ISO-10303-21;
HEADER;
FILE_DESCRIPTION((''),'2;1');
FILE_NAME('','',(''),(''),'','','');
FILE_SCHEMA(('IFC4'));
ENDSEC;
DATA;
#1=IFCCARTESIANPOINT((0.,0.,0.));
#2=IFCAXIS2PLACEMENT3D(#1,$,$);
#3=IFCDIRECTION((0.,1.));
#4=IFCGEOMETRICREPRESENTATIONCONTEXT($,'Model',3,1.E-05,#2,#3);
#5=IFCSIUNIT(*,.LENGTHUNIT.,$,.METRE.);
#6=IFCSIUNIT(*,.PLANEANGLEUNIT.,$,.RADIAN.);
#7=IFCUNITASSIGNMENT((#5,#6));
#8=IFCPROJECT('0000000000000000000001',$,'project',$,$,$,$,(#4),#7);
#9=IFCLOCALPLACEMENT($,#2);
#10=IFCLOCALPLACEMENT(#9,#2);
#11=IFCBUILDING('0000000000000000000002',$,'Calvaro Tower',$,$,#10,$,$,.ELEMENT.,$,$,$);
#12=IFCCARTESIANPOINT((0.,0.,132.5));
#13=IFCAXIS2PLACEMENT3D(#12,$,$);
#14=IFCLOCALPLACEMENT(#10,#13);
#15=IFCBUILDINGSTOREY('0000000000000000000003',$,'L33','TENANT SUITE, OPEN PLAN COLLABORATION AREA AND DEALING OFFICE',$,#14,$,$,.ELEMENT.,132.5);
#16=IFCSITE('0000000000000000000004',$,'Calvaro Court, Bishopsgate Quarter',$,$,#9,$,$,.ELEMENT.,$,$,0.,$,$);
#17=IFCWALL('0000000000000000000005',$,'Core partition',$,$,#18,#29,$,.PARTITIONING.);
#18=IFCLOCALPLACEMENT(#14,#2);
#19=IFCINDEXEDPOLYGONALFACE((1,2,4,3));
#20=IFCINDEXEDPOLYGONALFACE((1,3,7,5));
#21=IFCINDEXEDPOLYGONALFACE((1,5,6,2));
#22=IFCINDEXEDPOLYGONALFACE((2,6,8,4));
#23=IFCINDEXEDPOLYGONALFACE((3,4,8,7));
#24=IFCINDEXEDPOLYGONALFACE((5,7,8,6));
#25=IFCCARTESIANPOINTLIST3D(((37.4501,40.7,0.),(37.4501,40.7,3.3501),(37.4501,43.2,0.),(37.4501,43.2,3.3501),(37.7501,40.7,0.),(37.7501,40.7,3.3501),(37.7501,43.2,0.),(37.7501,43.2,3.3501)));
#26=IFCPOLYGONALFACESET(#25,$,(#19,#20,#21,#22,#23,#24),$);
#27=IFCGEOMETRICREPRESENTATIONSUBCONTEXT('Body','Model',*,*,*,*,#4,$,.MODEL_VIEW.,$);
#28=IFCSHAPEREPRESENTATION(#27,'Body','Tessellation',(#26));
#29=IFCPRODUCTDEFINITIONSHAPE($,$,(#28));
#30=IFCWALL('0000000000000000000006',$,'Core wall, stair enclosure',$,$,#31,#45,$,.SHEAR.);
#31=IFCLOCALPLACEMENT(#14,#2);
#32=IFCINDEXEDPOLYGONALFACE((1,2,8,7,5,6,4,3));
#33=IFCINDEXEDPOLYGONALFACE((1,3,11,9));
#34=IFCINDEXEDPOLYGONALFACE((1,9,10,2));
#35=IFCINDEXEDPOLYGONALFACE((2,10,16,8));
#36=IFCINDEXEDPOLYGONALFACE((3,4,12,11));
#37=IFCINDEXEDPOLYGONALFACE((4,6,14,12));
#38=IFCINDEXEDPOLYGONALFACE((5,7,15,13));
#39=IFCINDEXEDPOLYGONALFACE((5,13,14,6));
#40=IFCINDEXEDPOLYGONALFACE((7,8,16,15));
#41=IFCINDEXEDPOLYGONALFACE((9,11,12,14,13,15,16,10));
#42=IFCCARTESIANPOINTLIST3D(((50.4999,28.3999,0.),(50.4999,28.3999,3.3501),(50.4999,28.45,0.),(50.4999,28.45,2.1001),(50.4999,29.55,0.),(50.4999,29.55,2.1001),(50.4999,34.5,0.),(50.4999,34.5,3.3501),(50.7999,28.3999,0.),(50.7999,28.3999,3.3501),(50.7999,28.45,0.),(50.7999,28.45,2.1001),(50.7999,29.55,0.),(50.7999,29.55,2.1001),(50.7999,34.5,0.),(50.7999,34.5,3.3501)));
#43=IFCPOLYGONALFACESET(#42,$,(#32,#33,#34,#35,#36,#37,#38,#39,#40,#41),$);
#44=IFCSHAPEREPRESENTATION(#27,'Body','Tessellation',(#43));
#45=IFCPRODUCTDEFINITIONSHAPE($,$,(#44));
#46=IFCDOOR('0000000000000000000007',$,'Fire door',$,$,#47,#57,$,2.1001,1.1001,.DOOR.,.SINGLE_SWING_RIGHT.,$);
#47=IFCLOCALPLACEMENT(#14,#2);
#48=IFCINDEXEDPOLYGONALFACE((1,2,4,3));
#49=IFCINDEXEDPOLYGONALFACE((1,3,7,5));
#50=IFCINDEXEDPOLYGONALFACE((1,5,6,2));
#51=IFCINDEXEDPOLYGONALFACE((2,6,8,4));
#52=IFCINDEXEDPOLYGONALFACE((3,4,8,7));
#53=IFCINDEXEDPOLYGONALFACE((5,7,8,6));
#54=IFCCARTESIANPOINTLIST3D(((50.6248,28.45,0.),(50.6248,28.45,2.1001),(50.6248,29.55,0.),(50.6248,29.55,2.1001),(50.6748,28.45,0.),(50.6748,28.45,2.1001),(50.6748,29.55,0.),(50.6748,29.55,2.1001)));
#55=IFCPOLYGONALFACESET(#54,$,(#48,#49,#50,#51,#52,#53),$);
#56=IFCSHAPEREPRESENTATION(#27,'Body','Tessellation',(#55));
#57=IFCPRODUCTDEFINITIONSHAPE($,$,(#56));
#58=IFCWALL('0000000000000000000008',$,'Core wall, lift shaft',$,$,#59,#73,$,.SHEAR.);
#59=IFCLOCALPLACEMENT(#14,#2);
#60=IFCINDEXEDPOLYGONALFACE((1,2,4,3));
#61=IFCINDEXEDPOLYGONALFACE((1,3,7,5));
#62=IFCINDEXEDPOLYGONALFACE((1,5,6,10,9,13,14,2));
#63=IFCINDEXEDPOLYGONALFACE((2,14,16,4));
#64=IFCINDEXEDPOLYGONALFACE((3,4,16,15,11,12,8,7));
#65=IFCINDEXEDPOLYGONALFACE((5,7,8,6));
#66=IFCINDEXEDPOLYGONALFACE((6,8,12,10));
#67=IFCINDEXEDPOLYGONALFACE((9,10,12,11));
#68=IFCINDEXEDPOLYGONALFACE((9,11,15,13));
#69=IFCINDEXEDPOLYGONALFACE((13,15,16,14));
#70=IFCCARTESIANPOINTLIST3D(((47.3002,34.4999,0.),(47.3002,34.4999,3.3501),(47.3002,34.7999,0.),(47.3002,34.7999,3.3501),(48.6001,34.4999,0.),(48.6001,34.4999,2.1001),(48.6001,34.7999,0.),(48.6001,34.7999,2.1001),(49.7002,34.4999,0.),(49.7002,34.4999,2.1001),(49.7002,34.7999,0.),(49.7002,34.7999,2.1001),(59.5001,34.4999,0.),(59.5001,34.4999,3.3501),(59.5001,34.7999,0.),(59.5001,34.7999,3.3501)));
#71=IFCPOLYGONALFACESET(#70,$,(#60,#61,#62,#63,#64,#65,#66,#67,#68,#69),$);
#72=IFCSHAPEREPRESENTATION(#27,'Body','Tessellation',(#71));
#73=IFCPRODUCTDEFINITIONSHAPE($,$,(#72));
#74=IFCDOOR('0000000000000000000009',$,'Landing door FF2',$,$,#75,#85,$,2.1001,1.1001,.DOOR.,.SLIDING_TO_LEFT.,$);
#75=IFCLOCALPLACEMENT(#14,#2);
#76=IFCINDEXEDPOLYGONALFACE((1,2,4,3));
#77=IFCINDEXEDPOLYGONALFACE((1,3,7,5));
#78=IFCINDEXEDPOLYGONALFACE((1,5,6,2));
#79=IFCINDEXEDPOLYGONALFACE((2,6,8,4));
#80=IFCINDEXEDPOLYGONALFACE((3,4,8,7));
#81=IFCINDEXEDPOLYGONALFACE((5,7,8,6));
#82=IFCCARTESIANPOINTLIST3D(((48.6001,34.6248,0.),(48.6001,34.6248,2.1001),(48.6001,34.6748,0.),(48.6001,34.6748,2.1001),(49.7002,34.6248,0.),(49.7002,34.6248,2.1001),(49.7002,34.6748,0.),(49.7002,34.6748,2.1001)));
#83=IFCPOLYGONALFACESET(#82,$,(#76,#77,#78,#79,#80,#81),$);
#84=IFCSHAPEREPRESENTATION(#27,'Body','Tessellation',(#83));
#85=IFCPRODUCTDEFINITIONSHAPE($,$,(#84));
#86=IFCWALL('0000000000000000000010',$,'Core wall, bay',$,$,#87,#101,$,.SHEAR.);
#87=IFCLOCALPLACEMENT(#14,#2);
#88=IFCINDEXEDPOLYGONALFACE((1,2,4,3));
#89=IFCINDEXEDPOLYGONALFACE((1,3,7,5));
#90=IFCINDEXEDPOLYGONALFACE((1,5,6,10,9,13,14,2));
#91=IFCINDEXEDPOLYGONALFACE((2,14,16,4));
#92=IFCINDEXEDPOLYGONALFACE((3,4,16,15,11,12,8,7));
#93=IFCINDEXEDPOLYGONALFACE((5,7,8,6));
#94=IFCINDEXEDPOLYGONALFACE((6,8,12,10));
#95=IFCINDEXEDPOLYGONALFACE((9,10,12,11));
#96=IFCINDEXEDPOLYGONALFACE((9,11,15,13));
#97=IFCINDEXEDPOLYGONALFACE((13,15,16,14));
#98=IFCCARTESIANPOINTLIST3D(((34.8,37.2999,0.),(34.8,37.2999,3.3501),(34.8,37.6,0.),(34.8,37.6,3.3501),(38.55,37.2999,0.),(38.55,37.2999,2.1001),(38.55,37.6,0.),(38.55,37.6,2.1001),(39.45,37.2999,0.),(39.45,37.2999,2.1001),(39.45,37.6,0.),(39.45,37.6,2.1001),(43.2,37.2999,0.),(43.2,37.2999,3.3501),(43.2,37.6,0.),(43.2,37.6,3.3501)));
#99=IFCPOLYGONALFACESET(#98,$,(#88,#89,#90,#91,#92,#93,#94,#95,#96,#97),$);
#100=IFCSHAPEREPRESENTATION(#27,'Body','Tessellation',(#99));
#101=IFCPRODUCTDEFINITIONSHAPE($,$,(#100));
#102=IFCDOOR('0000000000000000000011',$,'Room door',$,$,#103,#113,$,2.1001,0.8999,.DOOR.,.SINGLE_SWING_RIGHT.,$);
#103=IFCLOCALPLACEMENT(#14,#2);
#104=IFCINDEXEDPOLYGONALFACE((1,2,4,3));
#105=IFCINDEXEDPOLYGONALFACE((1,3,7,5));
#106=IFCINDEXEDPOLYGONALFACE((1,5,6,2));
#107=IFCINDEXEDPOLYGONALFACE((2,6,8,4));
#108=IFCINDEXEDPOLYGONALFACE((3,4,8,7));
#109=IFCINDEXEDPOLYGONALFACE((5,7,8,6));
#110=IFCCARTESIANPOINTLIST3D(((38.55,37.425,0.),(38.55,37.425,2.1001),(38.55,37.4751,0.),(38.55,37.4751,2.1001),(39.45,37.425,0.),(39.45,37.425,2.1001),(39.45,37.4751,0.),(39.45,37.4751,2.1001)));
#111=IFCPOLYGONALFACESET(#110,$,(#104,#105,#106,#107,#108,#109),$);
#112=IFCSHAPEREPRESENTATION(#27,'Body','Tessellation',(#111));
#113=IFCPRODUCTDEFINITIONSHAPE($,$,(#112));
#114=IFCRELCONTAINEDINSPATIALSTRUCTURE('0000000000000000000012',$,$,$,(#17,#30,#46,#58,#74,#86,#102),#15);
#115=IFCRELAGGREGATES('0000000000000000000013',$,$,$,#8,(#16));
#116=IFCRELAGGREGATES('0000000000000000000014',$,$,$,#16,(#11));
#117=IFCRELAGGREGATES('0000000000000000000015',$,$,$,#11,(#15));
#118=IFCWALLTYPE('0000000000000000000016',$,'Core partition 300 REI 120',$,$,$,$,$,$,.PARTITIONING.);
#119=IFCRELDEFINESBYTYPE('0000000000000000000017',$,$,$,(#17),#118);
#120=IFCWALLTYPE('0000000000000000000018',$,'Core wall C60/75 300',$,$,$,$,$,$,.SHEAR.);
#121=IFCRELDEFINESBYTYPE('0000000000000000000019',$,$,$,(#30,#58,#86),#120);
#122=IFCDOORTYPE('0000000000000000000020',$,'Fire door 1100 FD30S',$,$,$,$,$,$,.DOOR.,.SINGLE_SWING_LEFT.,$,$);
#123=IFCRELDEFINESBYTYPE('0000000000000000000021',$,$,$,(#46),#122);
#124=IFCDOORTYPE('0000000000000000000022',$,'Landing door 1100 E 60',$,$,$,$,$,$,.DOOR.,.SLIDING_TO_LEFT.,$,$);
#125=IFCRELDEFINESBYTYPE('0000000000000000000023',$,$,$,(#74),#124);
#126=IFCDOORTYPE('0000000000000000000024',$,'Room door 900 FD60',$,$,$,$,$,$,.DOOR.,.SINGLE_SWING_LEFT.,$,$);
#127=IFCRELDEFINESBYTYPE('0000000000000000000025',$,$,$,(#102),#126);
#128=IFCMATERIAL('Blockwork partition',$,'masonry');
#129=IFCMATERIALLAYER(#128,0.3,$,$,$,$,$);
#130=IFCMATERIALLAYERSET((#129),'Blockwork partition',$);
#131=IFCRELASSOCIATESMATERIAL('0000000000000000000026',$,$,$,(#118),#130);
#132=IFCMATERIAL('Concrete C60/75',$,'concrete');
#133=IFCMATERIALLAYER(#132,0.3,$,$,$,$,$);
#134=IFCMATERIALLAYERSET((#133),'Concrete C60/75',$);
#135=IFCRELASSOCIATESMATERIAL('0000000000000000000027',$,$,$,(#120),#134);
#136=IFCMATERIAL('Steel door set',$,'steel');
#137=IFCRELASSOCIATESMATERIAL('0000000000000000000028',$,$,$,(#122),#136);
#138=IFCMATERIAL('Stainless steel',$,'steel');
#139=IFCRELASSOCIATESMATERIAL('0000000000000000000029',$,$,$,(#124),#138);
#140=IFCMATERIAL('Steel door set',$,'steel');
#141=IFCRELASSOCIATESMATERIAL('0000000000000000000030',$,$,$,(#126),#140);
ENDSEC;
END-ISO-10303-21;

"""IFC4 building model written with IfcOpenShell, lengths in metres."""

from ifc_helpers import new_model, si_unit, direction, frame, frame_2d, origin, place, context, subcontext, project, spatial, rectangle, extrude, material, layer, layer_set, type_object, element, fill, save


model = new_model("IFC4")

# Units and contexts
model_context = context("Model", 3, precision=1e-05, world=origin(), true_north=direction((0.0, 1.0)))
body_context = subcontext(model_context, "Body", "Model", "MODEL_VIEW")
ifc_project = project(units=[si_unit("LENGTHUNIT", "METRE"), si_unit("PLANEANGLEUNIT", "RADIAN")], contexts=[model_context])

# Site, building, storey
site_placement = place(None, origin())
site = spatial("IfcSite", under=ifc_project, at=site_placement, Name="Calvaro Court, Bishopsgate Quarter", CompositionType="ELEMENT", RefElevation=0.0)
building_placement = place(site_placement, origin())
building = spatial("IfcBuilding", under=site, at=building_placement, Name="Calvaro Tower", CompositionType="ELEMENT")
storey_placement = place(building_placement, frame((0.0, 0.0, 132.5)))
storey = spatial("IfcBuildingStorey", under=building, at=storey_placement, Name="L33", Description="TENANT SUITE, OPEN PLAN COLLABORATION AREA AND DEALING OFFICE", CompositionType="ELEMENT", Elevation=132.5)

# Wall
ifc_material_1 = material(Name="Blockwork partition", Category="masonry")
ifc_layer_1 = layer(ifc_material_1, 0.3)
ifc_layer_set_1 = layer_set([ifc_layer_1], Name="Blockwork partition")
wall_type_1 = type_object("IfcWallType", Name="Core partition 300 REI 120", PredefinedType="PARTITIONING", material=ifc_layer_set_1)
wall_1_placement = place(storey_placement, frame((37.6001, 40.7, 0.0), z_axis=(0.0, 0.0, 1.0), x_axis=(0.0, 1.0, 0.0)))
element("IfcWall", 1, at=wall_1_placement, inside=storey, type_object=wall_type_1, Name="Core partition", PredefinedType="PARTITIONING", context=body_context, shape_type="SweptSolid", body=[
    extrude(rectangle(XDim=2.5, YDim=0.3, at=frame_2d((1.25, 0.0))), origin(), (0.0, 0.0, 1.0), 3.3501),
])

# Walls, openings, doors
ifc_material_2 = material(Name="Concrete C60/75", Category="concrete")
ifc_layer_2 = layer(ifc_material_2, 0.3)
ifc_layer_set_2 = layer_set([ifc_layer_2], Name="Concrete C60/75")
wall_type_2 = type_object("IfcWallType", Name="Core wall C60/75 300", PredefinedType="SHEAR", material=ifc_layer_set_2)
wall_2_placement = place(storey_placement, frame((50.6499, 34.5, 0.0), z_axis=(0.0, 0.0, 1.0), x_axis=(0.0, -1.0, 0.0)))
wall_2 = element("IfcWall", 2, at=wall_2_placement, inside=storey, type_object=wall_type_2, Name="Core wall, stair enclosure", PredefinedType="SHEAR", context=body_context, shape_type="SweptSolid", body=[
    extrude(rectangle(XDim=6.1001, YDim=0.3, at=frame_2d((3.05, 0.0))), origin(), (0.0, 0.0, 1.0), 3.3501),
])
opening_1_placement = place(wall_2_placement, frame((4.95, 0.0, 0.0)))
opening_1 = element("IfcOpeningElement", 3, at=opening_1_placement, cuts=wall_2, PredefinedType="OPENING", context=body_context, shape_type="SweptSolid", body=[
    extrude(rectangle(XDim=1.1001, YDim=2.1001, at=frame_2d((0.55, 1.05))), frame((0.0, 0.1599, 0.0), z_axis=(0.0, -1.0, 0.0), x_axis=(1.0, 0.0, 0.0)), (0.0, 0.0, 1.0), 0.3201),
])
ifc_material_3 = material(Name="Steel door set", Category="steel")
door_type_1 = type_object("IfcDoorType", Name="Fire door 1100 FD30S", OperationType="SINGLE_SWING_LEFT", PredefinedType="DOOR", material=ifc_material_3)
door_1_placement = place(opening_1_placement, origin())
door_1 = element("IfcDoor", 4, at=door_1_placement, inside=storey, type_object=door_type_1, Name="Fire door", OperationType="SINGLE_SWING_RIGHT", OverallHeight=2.1001, OverallWidth=1.1001, PredefinedType="DOOR", context=body_context, shape_type="SweptSolid", body=[
    extrude(rectangle(XDim=1.1001, YDim=2.1001, at=frame_2d((0.55, 1.05))), frame((0.0, 0.0249, 0.0), z_axis=(0.0, -1.0, 0.0), x_axis=(1.0, 0.0, 0.0)), (0.0, 0.0, 1.0), 0.05),
])
fill(opening_1, door_1)
wall_3_placement = place(storey_placement, frame((47.3, 34.6499, 0.0), z_axis=(0.0, 0.0, 1.0), x_axis=(1.0, 0.0, 0.0)))
wall_3 = element("IfcWall", 5, at=wall_3_placement, inside=storey, type_object=wall_type_2, Name="Core wall, lift shaft", PredefinedType="SHEAR", context=body_context, shape_type="SweptSolid", body=[
    extrude(rectangle(XDim=12.2, YDim=0.3, at=frame_2d((6.1001, 0.0))), origin(), (0.0, 0.0, 1.0), 3.3501),
])
opening_2_placement = place(wall_3_placement, frame((1.3, 0.0, 0.0)))
opening_2 = element("IfcOpeningElement", 6, at=opening_2_placement, cuts=wall_3, PredefinedType="OPENING", context=body_context, shape_type="SweptSolid", body=[
    extrude(rectangle(XDim=1.1001, YDim=2.1001, at=frame_2d((0.55, 1.05))), frame((0.0, 0.1599, 0.0), z_axis=(0.0, -1.0, 0.0), x_axis=(1.0, 0.0, 0.0)), (0.0, 0.0, 1.0), 0.3201),
])
ifc_material_4 = material(Name="Stainless steel", Category="steel")
door_type_2 = type_object("IfcDoorType", Name="Landing door 1100 E 60", OperationType="SLIDING_TO_LEFT", PredefinedType="DOOR", material=ifc_material_4)
door_2_placement = place(opening_2_placement, origin())
door_2 = element("IfcDoor", 7, at=door_2_placement, inside=storey, type_object=door_type_2, Name="Landing door FF2", OperationType="SLIDING_TO_LEFT", OverallHeight=2.1001, OverallWidth=1.1001, PredefinedType="DOOR", context=body_context, shape_type="SweptSolid", body=[
    extrude(rectangle(XDim=1.1001, YDim=2.1001, at=frame_2d((0.55, 1.05))), frame((0.0, 0.0249, 0.0), z_axis=(0.0, -1.0, 0.0), x_axis=(1.0, 0.0, 0.0)), (0.0, 0.0, 1.0), 0.05),
])
fill(opening_2, door_2)
wall_4_placement = place(storey_placement, frame((43.2, 37.45, 0.0), z_axis=(0.0, 0.0, 1.0), x_axis=(-1.0, 0.0, 0.0)))
wall_4 = element("IfcWall", 8, at=wall_4_placement, inside=storey, type_object=wall_type_2, Name="Core wall, bay", PredefinedType="SHEAR", context=body_context, shape_type="SweptSolid", body=[
    extrude(rectangle(XDim=8.3999, YDim=0.3, at=frame_2d((4.2, 0.0))), origin(), (0.0, 0.0, 1.0), 3.3501),
])
opening_3_placement = place(wall_4_placement, frame((3.75, 0.0, 0.0)))
opening_3 = element("IfcOpeningElement", 9, at=opening_3_placement, cuts=wall_4, PredefinedType="OPENING", context=body_context, shape_type="SweptSolid", body=[
    extrude(rectangle(XDim=0.8999, YDim=2.1001, at=frame_2d((0.45, 1.05))), frame((0.0, 0.1599, 0.0), z_axis=(0.0, -1.0, 0.0), x_axis=(1.0, 0.0, 0.0)), (0.0, 0.0, 1.0), 0.3201),
])
ifc_material_5 = material(Name="Steel door set", Category="steel")
door_type_3 = type_object("IfcDoorType", Name="Room door 900 FD60", OperationType="SINGLE_SWING_LEFT", PredefinedType="DOOR", material=ifc_material_5)
door_3_placement = place(opening_3_placement, origin())
door_3 = element("IfcDoor", 10, at=door_3_placement, inside=storey, type_object=door_type_3, Name="Room door", OperationType="SINGLE_SWING_RIGHT", OverallHeight=2.1001, OverallWidth=0.8999, PredefinedType="DOOR", context=body_context, shape_type="SweptSolid", body=[
    extrude(rectangle(XDim=0.8999, YDim=2.1001, at=frame_2d((0.45, 1.05))), frame((0.0, 0.0249, 0.0), z_axis=(0.0, -1.0, 0.0), x_axis=(1.0, 0.0, 0.0)), (0.0, 0.0, 1.0), 0.05),
])
fill(opening_3, door_3)

save(model, "model.ifc")
